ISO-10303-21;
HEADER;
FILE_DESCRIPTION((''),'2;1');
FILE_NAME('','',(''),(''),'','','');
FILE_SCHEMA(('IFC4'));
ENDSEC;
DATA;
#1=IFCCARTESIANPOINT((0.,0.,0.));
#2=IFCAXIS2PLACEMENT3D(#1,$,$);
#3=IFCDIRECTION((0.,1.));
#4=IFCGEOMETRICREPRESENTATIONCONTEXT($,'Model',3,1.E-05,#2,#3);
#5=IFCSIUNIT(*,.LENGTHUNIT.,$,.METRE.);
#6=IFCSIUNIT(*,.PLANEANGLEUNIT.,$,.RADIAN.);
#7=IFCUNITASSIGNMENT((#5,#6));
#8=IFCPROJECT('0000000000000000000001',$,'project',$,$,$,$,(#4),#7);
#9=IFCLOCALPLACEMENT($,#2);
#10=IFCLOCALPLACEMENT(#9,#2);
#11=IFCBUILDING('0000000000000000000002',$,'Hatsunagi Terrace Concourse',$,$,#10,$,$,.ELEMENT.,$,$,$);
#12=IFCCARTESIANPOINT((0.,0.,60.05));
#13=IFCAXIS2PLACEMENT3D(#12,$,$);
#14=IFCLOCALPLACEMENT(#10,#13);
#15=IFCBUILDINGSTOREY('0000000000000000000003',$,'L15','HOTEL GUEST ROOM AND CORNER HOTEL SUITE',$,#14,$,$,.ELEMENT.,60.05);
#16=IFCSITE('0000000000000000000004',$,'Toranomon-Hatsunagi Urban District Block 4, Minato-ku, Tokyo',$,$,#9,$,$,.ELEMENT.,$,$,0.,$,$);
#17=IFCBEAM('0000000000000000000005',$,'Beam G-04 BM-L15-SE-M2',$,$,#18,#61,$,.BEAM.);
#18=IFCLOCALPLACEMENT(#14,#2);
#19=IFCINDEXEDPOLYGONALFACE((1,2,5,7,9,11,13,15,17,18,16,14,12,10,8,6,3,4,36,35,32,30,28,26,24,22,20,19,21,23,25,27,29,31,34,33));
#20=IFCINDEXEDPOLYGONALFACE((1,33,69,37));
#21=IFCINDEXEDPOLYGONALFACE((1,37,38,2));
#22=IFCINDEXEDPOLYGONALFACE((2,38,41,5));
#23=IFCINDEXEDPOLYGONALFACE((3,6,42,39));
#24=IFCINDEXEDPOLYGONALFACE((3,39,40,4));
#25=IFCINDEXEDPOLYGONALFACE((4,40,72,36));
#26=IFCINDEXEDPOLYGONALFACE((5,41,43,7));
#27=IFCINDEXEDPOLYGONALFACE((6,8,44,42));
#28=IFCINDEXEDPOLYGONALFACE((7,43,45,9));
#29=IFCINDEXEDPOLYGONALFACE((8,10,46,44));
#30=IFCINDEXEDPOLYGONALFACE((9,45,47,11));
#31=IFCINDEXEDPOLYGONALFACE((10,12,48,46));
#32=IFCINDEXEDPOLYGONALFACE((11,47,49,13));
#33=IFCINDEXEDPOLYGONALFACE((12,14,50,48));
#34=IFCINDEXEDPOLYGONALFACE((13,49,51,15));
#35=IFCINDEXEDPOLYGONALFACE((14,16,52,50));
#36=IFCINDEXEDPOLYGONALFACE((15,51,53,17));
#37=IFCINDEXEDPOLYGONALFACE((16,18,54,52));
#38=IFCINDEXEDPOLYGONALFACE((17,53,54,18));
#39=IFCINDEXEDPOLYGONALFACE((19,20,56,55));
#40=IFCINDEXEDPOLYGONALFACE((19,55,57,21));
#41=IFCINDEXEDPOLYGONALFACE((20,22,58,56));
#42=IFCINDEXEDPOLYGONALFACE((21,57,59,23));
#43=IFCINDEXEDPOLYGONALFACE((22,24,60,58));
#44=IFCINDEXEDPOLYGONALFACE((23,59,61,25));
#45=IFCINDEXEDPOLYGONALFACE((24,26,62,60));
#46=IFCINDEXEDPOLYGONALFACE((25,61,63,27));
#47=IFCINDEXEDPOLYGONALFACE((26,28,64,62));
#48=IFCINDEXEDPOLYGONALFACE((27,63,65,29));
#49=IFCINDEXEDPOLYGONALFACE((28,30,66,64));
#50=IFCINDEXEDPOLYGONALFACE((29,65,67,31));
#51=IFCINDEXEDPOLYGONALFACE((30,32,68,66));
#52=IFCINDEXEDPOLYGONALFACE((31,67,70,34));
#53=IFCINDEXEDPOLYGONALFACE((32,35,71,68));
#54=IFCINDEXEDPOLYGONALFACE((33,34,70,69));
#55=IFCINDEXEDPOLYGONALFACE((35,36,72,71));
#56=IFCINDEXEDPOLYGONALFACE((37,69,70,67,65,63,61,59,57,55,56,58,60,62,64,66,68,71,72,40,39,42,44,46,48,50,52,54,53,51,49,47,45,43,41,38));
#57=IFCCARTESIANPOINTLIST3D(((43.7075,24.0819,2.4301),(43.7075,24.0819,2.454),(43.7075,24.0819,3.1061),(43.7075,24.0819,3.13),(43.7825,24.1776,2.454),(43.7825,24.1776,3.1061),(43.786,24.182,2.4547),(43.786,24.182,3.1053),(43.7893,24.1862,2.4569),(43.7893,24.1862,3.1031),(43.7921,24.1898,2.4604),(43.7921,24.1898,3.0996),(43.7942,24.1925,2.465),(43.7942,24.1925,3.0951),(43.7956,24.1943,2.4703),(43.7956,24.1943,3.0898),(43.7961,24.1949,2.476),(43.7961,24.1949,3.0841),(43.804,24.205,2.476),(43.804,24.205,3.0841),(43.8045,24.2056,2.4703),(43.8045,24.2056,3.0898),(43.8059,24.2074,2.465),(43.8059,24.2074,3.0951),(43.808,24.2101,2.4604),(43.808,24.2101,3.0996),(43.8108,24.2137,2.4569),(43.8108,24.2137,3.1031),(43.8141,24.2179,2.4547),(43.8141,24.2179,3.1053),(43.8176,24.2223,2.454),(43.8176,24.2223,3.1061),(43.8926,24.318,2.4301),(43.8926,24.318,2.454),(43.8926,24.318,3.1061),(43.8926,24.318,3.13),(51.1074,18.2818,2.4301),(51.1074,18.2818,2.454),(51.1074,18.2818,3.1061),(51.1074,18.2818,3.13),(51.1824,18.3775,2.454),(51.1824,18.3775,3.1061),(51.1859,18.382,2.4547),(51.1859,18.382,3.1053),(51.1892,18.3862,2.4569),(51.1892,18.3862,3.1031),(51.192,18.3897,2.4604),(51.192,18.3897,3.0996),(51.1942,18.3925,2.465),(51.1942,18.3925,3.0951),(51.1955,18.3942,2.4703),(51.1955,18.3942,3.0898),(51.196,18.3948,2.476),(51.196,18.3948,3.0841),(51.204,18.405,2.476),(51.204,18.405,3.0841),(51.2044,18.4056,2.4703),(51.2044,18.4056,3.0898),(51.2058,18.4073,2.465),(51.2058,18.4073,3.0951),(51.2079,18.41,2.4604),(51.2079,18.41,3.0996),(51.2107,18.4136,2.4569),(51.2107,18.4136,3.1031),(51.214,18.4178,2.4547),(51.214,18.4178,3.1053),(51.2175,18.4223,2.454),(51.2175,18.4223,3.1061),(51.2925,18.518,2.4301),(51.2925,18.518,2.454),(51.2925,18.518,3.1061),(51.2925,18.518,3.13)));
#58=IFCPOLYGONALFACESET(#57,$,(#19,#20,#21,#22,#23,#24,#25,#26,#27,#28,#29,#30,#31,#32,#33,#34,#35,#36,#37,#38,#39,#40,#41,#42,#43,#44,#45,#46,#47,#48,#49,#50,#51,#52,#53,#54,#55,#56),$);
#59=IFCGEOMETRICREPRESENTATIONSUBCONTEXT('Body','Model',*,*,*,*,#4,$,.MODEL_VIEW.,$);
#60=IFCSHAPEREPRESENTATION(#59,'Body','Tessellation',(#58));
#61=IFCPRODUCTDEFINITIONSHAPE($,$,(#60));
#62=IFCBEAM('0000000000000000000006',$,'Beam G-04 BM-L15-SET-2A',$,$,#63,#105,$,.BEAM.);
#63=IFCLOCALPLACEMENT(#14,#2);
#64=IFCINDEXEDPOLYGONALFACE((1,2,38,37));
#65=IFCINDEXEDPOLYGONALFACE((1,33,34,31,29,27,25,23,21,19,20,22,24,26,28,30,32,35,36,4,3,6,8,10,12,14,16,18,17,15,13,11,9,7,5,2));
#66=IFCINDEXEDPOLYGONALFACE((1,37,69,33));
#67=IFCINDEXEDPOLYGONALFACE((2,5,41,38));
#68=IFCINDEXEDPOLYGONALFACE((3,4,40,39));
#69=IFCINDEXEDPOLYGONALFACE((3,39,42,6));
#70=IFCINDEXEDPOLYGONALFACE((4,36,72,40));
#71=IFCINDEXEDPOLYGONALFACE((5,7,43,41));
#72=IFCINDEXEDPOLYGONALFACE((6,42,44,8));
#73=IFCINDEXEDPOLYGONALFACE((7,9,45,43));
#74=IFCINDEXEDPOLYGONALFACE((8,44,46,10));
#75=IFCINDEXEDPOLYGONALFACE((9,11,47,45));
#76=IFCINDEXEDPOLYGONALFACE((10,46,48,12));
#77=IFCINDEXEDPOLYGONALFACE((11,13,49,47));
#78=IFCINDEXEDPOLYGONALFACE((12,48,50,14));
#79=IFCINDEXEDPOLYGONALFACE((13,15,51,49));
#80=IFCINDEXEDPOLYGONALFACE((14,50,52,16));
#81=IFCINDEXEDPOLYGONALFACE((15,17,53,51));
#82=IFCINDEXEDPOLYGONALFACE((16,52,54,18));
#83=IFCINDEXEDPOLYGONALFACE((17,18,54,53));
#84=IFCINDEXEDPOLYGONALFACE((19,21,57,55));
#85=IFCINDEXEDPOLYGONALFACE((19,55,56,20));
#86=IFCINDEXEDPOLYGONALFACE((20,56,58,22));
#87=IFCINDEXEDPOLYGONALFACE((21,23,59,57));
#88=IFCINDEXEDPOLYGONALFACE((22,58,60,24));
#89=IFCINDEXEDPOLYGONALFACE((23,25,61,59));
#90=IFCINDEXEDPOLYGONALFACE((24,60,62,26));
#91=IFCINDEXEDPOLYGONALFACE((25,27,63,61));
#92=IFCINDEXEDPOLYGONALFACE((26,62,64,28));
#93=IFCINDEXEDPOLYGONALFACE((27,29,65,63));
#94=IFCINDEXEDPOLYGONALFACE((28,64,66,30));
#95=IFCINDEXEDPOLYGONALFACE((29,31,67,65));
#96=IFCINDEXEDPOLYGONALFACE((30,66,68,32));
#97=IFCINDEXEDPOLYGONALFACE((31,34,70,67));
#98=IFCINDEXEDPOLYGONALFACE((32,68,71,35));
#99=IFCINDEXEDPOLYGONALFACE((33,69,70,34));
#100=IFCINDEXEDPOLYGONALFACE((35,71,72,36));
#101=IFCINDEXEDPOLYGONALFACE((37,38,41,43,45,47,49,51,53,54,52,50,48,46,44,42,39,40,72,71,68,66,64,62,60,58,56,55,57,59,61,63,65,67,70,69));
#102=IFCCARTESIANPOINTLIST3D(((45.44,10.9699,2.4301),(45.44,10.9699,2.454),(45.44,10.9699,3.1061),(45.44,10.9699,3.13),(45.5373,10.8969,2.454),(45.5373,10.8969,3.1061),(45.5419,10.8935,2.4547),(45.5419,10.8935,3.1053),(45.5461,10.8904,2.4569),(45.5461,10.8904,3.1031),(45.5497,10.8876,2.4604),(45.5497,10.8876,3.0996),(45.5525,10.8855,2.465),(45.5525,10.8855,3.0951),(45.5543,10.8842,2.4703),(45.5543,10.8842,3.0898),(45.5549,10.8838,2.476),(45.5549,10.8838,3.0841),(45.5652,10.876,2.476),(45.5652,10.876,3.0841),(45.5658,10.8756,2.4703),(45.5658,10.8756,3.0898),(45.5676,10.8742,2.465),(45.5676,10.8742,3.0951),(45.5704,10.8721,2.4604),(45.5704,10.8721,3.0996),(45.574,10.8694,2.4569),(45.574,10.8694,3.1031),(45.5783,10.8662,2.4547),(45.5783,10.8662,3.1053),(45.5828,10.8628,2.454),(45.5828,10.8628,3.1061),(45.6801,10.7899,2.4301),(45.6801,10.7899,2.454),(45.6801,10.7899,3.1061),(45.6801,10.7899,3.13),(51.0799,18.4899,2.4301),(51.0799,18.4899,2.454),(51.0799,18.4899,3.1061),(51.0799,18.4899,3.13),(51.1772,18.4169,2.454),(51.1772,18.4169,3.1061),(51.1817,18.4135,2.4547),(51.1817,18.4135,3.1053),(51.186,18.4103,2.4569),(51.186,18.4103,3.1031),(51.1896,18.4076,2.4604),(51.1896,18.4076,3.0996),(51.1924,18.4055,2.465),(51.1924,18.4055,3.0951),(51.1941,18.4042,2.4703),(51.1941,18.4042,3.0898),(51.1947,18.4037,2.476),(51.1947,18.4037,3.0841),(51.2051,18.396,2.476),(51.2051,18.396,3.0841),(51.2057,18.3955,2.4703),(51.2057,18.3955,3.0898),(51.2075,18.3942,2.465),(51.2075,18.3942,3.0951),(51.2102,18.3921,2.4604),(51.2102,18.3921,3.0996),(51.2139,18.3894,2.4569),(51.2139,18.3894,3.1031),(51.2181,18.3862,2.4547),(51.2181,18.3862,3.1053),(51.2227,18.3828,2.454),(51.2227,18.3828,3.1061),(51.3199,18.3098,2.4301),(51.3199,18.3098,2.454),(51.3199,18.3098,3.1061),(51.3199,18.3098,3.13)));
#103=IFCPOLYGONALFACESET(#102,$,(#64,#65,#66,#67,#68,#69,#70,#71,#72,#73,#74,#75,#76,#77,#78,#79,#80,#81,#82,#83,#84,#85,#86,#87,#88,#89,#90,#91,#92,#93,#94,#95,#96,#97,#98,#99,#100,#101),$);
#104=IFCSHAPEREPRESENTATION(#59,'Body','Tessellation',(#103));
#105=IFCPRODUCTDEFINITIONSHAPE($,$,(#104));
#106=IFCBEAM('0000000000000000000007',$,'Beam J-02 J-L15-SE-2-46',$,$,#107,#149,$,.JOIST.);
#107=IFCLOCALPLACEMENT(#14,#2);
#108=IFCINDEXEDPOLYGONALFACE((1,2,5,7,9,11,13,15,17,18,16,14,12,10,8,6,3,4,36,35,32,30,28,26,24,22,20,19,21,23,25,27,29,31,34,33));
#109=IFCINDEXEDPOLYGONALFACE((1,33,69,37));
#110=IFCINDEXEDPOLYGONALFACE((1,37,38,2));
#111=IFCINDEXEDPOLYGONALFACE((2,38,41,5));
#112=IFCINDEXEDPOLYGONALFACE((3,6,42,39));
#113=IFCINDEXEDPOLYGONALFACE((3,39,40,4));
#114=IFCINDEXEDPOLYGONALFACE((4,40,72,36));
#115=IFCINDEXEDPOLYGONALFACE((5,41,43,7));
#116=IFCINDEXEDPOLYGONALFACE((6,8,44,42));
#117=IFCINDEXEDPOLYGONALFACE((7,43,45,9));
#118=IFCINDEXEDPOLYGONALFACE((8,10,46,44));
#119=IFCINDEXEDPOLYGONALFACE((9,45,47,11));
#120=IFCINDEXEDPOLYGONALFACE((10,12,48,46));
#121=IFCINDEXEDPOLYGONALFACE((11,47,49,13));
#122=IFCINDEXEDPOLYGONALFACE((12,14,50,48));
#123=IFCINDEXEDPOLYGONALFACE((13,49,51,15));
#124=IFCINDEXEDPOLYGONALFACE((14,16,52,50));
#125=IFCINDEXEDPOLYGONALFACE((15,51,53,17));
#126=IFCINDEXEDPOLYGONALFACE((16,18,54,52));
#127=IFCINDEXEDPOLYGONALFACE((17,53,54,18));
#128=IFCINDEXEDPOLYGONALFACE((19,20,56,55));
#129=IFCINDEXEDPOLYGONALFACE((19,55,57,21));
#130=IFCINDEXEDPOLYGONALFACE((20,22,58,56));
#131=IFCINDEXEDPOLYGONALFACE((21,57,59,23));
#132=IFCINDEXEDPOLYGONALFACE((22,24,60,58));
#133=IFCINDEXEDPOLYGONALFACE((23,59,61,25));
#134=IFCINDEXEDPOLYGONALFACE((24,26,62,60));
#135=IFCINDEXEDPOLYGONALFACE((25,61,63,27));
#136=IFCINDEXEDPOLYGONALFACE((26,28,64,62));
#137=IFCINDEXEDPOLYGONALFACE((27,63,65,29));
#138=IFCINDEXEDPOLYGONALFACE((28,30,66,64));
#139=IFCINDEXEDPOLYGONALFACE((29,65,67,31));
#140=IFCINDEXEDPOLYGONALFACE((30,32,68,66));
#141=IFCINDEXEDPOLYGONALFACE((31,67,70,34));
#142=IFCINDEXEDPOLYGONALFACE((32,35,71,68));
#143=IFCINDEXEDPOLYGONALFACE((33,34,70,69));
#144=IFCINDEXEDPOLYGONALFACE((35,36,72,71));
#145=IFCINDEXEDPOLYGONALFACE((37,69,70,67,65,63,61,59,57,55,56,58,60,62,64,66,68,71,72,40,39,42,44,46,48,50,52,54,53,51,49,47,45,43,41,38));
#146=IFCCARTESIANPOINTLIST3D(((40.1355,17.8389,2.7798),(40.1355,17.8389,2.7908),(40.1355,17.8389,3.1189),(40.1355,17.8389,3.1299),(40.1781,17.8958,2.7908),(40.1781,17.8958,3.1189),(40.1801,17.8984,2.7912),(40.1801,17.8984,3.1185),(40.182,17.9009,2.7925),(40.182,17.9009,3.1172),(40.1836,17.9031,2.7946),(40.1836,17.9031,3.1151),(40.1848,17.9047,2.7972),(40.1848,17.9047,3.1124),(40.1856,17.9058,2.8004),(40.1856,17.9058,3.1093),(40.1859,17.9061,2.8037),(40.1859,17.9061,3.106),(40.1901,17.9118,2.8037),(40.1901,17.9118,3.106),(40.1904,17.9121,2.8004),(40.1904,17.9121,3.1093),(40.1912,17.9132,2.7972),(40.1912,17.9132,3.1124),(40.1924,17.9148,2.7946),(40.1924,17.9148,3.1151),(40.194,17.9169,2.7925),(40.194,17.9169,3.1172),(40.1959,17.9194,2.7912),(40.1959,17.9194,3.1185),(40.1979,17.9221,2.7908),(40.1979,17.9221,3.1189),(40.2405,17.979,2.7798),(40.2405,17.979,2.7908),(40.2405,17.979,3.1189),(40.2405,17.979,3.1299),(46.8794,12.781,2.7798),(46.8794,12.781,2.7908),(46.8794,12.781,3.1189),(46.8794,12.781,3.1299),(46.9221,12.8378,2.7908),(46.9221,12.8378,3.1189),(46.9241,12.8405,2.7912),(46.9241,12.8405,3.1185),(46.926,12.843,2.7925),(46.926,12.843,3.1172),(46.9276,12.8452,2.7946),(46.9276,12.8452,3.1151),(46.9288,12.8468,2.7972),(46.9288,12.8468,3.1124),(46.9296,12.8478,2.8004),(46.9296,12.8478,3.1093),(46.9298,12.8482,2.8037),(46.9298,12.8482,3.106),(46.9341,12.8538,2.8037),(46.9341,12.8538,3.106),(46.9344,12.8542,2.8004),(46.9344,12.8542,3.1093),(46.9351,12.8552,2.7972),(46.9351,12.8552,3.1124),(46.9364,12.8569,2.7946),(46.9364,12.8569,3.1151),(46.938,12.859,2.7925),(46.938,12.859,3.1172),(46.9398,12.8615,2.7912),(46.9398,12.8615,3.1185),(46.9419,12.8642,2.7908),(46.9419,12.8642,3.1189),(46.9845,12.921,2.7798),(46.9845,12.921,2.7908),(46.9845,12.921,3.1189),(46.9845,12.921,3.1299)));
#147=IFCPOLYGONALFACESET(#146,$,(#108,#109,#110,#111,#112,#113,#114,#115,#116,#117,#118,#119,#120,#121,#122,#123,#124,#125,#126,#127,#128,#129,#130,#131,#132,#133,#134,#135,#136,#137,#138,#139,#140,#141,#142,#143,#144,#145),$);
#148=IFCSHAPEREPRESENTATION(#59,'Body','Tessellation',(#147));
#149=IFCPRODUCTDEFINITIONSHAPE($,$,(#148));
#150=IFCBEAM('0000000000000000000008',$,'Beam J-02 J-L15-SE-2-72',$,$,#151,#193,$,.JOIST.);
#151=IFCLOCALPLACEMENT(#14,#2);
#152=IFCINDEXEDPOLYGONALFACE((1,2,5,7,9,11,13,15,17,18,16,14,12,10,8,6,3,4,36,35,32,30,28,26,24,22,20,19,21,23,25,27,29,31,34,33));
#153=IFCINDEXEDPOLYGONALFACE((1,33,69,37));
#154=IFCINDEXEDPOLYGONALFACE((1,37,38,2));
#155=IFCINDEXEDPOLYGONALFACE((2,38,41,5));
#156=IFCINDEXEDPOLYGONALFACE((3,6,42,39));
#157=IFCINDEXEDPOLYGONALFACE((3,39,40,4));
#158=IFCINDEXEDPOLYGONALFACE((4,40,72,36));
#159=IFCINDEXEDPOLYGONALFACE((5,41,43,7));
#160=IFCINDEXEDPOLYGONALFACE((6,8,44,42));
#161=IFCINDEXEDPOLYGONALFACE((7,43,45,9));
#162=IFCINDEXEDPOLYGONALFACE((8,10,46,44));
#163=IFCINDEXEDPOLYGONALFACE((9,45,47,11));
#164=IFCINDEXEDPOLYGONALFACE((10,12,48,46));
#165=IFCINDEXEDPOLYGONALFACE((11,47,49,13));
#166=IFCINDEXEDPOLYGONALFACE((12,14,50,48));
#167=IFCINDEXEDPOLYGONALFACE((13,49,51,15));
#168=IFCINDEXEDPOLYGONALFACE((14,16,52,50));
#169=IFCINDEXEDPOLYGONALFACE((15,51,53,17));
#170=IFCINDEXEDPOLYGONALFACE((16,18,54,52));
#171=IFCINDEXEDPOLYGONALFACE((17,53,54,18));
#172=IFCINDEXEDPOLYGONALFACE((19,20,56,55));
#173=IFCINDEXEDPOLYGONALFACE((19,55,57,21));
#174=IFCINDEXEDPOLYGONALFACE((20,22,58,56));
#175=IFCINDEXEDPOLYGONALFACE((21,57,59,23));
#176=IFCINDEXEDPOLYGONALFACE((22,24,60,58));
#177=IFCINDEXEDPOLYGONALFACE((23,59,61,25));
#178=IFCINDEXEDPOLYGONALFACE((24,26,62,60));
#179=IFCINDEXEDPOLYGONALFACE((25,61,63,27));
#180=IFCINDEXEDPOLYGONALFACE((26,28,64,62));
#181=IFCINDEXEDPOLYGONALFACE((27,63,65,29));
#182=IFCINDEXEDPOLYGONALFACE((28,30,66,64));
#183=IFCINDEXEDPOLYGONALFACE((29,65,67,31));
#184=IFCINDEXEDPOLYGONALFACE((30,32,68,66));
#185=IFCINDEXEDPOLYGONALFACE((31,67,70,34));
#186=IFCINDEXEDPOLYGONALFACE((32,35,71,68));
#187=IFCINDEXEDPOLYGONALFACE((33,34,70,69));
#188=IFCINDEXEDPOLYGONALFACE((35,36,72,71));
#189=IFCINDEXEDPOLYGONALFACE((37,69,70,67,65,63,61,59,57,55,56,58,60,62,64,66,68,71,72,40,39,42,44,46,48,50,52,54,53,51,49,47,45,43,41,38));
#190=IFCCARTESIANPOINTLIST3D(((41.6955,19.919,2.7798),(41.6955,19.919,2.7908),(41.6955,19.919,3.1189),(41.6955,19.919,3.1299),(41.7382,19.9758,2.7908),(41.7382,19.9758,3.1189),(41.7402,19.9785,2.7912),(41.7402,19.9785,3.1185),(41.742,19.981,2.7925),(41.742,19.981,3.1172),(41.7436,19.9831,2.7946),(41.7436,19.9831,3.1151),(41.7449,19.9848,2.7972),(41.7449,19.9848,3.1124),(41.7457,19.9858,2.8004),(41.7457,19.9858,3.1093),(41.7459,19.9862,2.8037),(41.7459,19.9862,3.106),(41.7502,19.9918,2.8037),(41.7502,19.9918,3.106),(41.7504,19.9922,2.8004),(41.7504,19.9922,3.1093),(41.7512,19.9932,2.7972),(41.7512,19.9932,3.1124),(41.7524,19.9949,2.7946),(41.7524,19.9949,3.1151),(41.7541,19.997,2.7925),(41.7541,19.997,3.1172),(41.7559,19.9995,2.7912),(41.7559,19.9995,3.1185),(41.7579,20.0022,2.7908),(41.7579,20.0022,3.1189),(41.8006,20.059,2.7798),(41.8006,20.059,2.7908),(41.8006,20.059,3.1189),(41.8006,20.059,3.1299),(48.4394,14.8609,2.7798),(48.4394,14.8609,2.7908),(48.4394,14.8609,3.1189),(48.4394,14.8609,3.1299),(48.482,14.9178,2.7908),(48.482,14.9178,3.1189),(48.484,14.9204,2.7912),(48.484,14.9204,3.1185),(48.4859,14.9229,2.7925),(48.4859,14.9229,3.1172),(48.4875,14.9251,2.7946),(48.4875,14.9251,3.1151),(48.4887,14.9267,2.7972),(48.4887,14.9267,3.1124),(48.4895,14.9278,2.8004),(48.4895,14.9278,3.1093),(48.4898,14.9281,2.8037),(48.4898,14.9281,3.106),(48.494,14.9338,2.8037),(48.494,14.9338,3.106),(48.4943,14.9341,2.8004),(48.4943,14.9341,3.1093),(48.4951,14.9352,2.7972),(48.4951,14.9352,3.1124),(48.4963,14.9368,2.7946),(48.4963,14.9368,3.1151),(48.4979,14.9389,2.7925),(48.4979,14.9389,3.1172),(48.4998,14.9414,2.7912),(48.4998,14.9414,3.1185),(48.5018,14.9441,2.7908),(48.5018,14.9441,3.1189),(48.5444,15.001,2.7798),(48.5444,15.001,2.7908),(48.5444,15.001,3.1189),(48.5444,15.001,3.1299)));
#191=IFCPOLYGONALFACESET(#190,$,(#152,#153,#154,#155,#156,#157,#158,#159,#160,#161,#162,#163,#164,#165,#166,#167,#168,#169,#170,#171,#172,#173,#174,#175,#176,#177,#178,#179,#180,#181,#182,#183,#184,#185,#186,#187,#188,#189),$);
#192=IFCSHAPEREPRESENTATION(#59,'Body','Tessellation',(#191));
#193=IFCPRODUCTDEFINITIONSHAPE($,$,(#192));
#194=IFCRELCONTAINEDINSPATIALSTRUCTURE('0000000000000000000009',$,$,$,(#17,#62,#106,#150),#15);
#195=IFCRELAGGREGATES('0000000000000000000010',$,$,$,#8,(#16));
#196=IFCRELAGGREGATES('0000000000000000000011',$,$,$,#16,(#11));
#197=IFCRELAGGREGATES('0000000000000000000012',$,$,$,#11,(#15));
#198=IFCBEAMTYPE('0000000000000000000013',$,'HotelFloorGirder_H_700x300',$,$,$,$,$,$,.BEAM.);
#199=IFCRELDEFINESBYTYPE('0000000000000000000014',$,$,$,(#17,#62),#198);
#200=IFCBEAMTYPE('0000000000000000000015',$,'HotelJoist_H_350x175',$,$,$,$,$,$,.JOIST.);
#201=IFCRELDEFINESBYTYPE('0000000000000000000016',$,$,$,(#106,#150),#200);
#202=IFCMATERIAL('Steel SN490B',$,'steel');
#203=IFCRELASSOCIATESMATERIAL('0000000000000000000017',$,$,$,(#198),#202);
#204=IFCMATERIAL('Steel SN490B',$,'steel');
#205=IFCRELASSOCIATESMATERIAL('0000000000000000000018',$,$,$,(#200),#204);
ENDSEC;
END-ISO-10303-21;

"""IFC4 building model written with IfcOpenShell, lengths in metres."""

from ifc_helpers import new_model, si_unit, direction, frame, origin, origin_2d, place, context, subcontext, project, spatial, i_section, extrude, material, material_profile, profile_set, type_object, element, save


model = new_model("IFC4")

# Units and contexts
model_context = context("Model", 3, precision=1e-05, world=origin(), true_north=direction((0.0, 1.0)))
body_context = subcontext(model_context, "Body", "Model", "MODEL_VIEW")
ifc_project = project(units=[si_unit("LENGTHUNIT", "METRE"), si_unit("PLANEANGLEUNIT", "RADIAN")], contexts=[model_context])

# Site, building, storey
site_placement = place(None, origin())
site = spatial("IfcSite", under=ifc_project, at=site_placement, Name="Toranomon-Hatsunagi Urban District Block 4, Minato-ku, Tokyo", CompositionType="ELEMENT", RefElevation=0.0)
building_placement = place(site_placement, origin())
building = spatial("IfcBuilding", under=site, at=building_placement, Name="Hatsunagi Terrace Concourse", CompositionType="ELEMENT")
storey_placement = place(building_placement, frame((0.0, 0.0, 60.05)))
storey = spatial("IfcBuildingStorey", under=building, at=storey_placement, Name="L15", Description="HOTEL GUEST ROOM AND CORNER HOTEL SUITE", CompositionType="ELEMENT", Elevation=60.05)

# Beams
ifc_material_1 = material(Name="Steel SN490B", Category="steel")
ifc_material_profile_1 = material_profile(ifc_material_1, i_section(OverallWidth=0.3, OverallDepth=0.7, WebThickness=0.0129, FlangeThickness=0.0239, FilletRadius=0.022, at=origin_2d()), Name="H-700x300x13x24")
ifc_profile_set_1 = profile_set([ifc_material_profile_1], Name="Steel SN490B")
beam_type_1 = type_object("IfcBeamType", Name="HotelFloorGirder_H_700x300", PredefinedType="BEAM", material=ifc_profile_set_1)
beam_1_placement = place(storey_placement, frame((43.8, 24.2, 2.78), z_axis=(0.787049, -0.61689, 0.0), x_axis=(0.61689, 0.787049, 0.0)))
element("IfcBeam", 1, at=beam_1_placement, inside=storey, type_object=beam_type_1, Name="Beam G-04 BM-L15-SE-M2", PredefinedType="BEAM", context=body_context, shape_type="SweptSolid", body=[
    extrude(i_section(OverallWidth=0.3, OverallDepth=0.7, WebThickness=0.0129, FlangeThickness=0.0239, FilletRadius=0.022, at=origin_2d()), origin(), (0.0, 0.0, 1.0), 9.4021),
])
beam_2_placement = place(storey_placement, frame((45.5601, 10.8799, 2.78), z_axis=(0.599992, 0.800006, 0.0), x_axis=(-0.800006, 0.599992, 0.0)))
element("IfcBeam", 2, at=beam_2_placement, inside=storey, type_object=beam_type_1, Name="Beam G-04 BM-L15-SET-2A", PredefinedType="BEAM", context=body_context, shape_type="SweptSolid", body=[
    extrude(i_section(OverallWidth=0.3, OverallDepth=0.7, WebThickness=0.0129, FlangeThickness=0.0239, FilletRadius=0.022, at=origin_2d()), origin(), (0.0, 0.0, 1.0), 9.3999),
])
ifc_material_2 = material(Name="Steel SN490B", Category="steel")
ifc_material_profile_2 = material_profile(ifc_material_2, i_section(OverallWidth=0.175, OverallDepth=0.3501, WebThickness=0.0071, FlangeThickness=0.011, FilletRadius=0.0129, at=origin_2d()), Name="H-350x175x7x11")
ifc_profile_set_2 = profile_set([ifc_material_profile_2], Name="Steel SN490B")
beam_type_2 = type_object("IfcBeamType", Name="HotelJoist_H_350x175", PredefinedType="JOIST", material=ifc_profile_set_2)
for number, where, z_axis, x_axis, name in (
    (3, (40.188, 17.9089, 2.9548), (0.800003, -0.599995, 0.0), (0.599995, 0.800003, 0.0), "Beam J-02 J-L15-SE-2-46"),
    (4, (41.748, 19.989, 2.9548), (0.79999, -0.600014, 0.0), (0.600014, 0.79999, 0.0), "Beam J-02 J-L15-SE-2-72"),
):
    element("IfcBeam", number, at=place(storey_placement, frame(where, z_axis=z_axis, x_axis=x_axis)), inside=storey, type_object=beam_type_2, Name=name, PredefinedType="JOIST", context=body_context, shape_type="SweptSolid", body=[
        extrude(i_section(OverallWidth=0.175, OverallDepth=0.3501, WebThickness=0.0071, FlangeThickness=0.011, FilletRadius=0.0129, at=origin_2d()), origin(), (0.0, 0.0, 1.0), 8.4299),
    ])

save(model, "model.ifc")
